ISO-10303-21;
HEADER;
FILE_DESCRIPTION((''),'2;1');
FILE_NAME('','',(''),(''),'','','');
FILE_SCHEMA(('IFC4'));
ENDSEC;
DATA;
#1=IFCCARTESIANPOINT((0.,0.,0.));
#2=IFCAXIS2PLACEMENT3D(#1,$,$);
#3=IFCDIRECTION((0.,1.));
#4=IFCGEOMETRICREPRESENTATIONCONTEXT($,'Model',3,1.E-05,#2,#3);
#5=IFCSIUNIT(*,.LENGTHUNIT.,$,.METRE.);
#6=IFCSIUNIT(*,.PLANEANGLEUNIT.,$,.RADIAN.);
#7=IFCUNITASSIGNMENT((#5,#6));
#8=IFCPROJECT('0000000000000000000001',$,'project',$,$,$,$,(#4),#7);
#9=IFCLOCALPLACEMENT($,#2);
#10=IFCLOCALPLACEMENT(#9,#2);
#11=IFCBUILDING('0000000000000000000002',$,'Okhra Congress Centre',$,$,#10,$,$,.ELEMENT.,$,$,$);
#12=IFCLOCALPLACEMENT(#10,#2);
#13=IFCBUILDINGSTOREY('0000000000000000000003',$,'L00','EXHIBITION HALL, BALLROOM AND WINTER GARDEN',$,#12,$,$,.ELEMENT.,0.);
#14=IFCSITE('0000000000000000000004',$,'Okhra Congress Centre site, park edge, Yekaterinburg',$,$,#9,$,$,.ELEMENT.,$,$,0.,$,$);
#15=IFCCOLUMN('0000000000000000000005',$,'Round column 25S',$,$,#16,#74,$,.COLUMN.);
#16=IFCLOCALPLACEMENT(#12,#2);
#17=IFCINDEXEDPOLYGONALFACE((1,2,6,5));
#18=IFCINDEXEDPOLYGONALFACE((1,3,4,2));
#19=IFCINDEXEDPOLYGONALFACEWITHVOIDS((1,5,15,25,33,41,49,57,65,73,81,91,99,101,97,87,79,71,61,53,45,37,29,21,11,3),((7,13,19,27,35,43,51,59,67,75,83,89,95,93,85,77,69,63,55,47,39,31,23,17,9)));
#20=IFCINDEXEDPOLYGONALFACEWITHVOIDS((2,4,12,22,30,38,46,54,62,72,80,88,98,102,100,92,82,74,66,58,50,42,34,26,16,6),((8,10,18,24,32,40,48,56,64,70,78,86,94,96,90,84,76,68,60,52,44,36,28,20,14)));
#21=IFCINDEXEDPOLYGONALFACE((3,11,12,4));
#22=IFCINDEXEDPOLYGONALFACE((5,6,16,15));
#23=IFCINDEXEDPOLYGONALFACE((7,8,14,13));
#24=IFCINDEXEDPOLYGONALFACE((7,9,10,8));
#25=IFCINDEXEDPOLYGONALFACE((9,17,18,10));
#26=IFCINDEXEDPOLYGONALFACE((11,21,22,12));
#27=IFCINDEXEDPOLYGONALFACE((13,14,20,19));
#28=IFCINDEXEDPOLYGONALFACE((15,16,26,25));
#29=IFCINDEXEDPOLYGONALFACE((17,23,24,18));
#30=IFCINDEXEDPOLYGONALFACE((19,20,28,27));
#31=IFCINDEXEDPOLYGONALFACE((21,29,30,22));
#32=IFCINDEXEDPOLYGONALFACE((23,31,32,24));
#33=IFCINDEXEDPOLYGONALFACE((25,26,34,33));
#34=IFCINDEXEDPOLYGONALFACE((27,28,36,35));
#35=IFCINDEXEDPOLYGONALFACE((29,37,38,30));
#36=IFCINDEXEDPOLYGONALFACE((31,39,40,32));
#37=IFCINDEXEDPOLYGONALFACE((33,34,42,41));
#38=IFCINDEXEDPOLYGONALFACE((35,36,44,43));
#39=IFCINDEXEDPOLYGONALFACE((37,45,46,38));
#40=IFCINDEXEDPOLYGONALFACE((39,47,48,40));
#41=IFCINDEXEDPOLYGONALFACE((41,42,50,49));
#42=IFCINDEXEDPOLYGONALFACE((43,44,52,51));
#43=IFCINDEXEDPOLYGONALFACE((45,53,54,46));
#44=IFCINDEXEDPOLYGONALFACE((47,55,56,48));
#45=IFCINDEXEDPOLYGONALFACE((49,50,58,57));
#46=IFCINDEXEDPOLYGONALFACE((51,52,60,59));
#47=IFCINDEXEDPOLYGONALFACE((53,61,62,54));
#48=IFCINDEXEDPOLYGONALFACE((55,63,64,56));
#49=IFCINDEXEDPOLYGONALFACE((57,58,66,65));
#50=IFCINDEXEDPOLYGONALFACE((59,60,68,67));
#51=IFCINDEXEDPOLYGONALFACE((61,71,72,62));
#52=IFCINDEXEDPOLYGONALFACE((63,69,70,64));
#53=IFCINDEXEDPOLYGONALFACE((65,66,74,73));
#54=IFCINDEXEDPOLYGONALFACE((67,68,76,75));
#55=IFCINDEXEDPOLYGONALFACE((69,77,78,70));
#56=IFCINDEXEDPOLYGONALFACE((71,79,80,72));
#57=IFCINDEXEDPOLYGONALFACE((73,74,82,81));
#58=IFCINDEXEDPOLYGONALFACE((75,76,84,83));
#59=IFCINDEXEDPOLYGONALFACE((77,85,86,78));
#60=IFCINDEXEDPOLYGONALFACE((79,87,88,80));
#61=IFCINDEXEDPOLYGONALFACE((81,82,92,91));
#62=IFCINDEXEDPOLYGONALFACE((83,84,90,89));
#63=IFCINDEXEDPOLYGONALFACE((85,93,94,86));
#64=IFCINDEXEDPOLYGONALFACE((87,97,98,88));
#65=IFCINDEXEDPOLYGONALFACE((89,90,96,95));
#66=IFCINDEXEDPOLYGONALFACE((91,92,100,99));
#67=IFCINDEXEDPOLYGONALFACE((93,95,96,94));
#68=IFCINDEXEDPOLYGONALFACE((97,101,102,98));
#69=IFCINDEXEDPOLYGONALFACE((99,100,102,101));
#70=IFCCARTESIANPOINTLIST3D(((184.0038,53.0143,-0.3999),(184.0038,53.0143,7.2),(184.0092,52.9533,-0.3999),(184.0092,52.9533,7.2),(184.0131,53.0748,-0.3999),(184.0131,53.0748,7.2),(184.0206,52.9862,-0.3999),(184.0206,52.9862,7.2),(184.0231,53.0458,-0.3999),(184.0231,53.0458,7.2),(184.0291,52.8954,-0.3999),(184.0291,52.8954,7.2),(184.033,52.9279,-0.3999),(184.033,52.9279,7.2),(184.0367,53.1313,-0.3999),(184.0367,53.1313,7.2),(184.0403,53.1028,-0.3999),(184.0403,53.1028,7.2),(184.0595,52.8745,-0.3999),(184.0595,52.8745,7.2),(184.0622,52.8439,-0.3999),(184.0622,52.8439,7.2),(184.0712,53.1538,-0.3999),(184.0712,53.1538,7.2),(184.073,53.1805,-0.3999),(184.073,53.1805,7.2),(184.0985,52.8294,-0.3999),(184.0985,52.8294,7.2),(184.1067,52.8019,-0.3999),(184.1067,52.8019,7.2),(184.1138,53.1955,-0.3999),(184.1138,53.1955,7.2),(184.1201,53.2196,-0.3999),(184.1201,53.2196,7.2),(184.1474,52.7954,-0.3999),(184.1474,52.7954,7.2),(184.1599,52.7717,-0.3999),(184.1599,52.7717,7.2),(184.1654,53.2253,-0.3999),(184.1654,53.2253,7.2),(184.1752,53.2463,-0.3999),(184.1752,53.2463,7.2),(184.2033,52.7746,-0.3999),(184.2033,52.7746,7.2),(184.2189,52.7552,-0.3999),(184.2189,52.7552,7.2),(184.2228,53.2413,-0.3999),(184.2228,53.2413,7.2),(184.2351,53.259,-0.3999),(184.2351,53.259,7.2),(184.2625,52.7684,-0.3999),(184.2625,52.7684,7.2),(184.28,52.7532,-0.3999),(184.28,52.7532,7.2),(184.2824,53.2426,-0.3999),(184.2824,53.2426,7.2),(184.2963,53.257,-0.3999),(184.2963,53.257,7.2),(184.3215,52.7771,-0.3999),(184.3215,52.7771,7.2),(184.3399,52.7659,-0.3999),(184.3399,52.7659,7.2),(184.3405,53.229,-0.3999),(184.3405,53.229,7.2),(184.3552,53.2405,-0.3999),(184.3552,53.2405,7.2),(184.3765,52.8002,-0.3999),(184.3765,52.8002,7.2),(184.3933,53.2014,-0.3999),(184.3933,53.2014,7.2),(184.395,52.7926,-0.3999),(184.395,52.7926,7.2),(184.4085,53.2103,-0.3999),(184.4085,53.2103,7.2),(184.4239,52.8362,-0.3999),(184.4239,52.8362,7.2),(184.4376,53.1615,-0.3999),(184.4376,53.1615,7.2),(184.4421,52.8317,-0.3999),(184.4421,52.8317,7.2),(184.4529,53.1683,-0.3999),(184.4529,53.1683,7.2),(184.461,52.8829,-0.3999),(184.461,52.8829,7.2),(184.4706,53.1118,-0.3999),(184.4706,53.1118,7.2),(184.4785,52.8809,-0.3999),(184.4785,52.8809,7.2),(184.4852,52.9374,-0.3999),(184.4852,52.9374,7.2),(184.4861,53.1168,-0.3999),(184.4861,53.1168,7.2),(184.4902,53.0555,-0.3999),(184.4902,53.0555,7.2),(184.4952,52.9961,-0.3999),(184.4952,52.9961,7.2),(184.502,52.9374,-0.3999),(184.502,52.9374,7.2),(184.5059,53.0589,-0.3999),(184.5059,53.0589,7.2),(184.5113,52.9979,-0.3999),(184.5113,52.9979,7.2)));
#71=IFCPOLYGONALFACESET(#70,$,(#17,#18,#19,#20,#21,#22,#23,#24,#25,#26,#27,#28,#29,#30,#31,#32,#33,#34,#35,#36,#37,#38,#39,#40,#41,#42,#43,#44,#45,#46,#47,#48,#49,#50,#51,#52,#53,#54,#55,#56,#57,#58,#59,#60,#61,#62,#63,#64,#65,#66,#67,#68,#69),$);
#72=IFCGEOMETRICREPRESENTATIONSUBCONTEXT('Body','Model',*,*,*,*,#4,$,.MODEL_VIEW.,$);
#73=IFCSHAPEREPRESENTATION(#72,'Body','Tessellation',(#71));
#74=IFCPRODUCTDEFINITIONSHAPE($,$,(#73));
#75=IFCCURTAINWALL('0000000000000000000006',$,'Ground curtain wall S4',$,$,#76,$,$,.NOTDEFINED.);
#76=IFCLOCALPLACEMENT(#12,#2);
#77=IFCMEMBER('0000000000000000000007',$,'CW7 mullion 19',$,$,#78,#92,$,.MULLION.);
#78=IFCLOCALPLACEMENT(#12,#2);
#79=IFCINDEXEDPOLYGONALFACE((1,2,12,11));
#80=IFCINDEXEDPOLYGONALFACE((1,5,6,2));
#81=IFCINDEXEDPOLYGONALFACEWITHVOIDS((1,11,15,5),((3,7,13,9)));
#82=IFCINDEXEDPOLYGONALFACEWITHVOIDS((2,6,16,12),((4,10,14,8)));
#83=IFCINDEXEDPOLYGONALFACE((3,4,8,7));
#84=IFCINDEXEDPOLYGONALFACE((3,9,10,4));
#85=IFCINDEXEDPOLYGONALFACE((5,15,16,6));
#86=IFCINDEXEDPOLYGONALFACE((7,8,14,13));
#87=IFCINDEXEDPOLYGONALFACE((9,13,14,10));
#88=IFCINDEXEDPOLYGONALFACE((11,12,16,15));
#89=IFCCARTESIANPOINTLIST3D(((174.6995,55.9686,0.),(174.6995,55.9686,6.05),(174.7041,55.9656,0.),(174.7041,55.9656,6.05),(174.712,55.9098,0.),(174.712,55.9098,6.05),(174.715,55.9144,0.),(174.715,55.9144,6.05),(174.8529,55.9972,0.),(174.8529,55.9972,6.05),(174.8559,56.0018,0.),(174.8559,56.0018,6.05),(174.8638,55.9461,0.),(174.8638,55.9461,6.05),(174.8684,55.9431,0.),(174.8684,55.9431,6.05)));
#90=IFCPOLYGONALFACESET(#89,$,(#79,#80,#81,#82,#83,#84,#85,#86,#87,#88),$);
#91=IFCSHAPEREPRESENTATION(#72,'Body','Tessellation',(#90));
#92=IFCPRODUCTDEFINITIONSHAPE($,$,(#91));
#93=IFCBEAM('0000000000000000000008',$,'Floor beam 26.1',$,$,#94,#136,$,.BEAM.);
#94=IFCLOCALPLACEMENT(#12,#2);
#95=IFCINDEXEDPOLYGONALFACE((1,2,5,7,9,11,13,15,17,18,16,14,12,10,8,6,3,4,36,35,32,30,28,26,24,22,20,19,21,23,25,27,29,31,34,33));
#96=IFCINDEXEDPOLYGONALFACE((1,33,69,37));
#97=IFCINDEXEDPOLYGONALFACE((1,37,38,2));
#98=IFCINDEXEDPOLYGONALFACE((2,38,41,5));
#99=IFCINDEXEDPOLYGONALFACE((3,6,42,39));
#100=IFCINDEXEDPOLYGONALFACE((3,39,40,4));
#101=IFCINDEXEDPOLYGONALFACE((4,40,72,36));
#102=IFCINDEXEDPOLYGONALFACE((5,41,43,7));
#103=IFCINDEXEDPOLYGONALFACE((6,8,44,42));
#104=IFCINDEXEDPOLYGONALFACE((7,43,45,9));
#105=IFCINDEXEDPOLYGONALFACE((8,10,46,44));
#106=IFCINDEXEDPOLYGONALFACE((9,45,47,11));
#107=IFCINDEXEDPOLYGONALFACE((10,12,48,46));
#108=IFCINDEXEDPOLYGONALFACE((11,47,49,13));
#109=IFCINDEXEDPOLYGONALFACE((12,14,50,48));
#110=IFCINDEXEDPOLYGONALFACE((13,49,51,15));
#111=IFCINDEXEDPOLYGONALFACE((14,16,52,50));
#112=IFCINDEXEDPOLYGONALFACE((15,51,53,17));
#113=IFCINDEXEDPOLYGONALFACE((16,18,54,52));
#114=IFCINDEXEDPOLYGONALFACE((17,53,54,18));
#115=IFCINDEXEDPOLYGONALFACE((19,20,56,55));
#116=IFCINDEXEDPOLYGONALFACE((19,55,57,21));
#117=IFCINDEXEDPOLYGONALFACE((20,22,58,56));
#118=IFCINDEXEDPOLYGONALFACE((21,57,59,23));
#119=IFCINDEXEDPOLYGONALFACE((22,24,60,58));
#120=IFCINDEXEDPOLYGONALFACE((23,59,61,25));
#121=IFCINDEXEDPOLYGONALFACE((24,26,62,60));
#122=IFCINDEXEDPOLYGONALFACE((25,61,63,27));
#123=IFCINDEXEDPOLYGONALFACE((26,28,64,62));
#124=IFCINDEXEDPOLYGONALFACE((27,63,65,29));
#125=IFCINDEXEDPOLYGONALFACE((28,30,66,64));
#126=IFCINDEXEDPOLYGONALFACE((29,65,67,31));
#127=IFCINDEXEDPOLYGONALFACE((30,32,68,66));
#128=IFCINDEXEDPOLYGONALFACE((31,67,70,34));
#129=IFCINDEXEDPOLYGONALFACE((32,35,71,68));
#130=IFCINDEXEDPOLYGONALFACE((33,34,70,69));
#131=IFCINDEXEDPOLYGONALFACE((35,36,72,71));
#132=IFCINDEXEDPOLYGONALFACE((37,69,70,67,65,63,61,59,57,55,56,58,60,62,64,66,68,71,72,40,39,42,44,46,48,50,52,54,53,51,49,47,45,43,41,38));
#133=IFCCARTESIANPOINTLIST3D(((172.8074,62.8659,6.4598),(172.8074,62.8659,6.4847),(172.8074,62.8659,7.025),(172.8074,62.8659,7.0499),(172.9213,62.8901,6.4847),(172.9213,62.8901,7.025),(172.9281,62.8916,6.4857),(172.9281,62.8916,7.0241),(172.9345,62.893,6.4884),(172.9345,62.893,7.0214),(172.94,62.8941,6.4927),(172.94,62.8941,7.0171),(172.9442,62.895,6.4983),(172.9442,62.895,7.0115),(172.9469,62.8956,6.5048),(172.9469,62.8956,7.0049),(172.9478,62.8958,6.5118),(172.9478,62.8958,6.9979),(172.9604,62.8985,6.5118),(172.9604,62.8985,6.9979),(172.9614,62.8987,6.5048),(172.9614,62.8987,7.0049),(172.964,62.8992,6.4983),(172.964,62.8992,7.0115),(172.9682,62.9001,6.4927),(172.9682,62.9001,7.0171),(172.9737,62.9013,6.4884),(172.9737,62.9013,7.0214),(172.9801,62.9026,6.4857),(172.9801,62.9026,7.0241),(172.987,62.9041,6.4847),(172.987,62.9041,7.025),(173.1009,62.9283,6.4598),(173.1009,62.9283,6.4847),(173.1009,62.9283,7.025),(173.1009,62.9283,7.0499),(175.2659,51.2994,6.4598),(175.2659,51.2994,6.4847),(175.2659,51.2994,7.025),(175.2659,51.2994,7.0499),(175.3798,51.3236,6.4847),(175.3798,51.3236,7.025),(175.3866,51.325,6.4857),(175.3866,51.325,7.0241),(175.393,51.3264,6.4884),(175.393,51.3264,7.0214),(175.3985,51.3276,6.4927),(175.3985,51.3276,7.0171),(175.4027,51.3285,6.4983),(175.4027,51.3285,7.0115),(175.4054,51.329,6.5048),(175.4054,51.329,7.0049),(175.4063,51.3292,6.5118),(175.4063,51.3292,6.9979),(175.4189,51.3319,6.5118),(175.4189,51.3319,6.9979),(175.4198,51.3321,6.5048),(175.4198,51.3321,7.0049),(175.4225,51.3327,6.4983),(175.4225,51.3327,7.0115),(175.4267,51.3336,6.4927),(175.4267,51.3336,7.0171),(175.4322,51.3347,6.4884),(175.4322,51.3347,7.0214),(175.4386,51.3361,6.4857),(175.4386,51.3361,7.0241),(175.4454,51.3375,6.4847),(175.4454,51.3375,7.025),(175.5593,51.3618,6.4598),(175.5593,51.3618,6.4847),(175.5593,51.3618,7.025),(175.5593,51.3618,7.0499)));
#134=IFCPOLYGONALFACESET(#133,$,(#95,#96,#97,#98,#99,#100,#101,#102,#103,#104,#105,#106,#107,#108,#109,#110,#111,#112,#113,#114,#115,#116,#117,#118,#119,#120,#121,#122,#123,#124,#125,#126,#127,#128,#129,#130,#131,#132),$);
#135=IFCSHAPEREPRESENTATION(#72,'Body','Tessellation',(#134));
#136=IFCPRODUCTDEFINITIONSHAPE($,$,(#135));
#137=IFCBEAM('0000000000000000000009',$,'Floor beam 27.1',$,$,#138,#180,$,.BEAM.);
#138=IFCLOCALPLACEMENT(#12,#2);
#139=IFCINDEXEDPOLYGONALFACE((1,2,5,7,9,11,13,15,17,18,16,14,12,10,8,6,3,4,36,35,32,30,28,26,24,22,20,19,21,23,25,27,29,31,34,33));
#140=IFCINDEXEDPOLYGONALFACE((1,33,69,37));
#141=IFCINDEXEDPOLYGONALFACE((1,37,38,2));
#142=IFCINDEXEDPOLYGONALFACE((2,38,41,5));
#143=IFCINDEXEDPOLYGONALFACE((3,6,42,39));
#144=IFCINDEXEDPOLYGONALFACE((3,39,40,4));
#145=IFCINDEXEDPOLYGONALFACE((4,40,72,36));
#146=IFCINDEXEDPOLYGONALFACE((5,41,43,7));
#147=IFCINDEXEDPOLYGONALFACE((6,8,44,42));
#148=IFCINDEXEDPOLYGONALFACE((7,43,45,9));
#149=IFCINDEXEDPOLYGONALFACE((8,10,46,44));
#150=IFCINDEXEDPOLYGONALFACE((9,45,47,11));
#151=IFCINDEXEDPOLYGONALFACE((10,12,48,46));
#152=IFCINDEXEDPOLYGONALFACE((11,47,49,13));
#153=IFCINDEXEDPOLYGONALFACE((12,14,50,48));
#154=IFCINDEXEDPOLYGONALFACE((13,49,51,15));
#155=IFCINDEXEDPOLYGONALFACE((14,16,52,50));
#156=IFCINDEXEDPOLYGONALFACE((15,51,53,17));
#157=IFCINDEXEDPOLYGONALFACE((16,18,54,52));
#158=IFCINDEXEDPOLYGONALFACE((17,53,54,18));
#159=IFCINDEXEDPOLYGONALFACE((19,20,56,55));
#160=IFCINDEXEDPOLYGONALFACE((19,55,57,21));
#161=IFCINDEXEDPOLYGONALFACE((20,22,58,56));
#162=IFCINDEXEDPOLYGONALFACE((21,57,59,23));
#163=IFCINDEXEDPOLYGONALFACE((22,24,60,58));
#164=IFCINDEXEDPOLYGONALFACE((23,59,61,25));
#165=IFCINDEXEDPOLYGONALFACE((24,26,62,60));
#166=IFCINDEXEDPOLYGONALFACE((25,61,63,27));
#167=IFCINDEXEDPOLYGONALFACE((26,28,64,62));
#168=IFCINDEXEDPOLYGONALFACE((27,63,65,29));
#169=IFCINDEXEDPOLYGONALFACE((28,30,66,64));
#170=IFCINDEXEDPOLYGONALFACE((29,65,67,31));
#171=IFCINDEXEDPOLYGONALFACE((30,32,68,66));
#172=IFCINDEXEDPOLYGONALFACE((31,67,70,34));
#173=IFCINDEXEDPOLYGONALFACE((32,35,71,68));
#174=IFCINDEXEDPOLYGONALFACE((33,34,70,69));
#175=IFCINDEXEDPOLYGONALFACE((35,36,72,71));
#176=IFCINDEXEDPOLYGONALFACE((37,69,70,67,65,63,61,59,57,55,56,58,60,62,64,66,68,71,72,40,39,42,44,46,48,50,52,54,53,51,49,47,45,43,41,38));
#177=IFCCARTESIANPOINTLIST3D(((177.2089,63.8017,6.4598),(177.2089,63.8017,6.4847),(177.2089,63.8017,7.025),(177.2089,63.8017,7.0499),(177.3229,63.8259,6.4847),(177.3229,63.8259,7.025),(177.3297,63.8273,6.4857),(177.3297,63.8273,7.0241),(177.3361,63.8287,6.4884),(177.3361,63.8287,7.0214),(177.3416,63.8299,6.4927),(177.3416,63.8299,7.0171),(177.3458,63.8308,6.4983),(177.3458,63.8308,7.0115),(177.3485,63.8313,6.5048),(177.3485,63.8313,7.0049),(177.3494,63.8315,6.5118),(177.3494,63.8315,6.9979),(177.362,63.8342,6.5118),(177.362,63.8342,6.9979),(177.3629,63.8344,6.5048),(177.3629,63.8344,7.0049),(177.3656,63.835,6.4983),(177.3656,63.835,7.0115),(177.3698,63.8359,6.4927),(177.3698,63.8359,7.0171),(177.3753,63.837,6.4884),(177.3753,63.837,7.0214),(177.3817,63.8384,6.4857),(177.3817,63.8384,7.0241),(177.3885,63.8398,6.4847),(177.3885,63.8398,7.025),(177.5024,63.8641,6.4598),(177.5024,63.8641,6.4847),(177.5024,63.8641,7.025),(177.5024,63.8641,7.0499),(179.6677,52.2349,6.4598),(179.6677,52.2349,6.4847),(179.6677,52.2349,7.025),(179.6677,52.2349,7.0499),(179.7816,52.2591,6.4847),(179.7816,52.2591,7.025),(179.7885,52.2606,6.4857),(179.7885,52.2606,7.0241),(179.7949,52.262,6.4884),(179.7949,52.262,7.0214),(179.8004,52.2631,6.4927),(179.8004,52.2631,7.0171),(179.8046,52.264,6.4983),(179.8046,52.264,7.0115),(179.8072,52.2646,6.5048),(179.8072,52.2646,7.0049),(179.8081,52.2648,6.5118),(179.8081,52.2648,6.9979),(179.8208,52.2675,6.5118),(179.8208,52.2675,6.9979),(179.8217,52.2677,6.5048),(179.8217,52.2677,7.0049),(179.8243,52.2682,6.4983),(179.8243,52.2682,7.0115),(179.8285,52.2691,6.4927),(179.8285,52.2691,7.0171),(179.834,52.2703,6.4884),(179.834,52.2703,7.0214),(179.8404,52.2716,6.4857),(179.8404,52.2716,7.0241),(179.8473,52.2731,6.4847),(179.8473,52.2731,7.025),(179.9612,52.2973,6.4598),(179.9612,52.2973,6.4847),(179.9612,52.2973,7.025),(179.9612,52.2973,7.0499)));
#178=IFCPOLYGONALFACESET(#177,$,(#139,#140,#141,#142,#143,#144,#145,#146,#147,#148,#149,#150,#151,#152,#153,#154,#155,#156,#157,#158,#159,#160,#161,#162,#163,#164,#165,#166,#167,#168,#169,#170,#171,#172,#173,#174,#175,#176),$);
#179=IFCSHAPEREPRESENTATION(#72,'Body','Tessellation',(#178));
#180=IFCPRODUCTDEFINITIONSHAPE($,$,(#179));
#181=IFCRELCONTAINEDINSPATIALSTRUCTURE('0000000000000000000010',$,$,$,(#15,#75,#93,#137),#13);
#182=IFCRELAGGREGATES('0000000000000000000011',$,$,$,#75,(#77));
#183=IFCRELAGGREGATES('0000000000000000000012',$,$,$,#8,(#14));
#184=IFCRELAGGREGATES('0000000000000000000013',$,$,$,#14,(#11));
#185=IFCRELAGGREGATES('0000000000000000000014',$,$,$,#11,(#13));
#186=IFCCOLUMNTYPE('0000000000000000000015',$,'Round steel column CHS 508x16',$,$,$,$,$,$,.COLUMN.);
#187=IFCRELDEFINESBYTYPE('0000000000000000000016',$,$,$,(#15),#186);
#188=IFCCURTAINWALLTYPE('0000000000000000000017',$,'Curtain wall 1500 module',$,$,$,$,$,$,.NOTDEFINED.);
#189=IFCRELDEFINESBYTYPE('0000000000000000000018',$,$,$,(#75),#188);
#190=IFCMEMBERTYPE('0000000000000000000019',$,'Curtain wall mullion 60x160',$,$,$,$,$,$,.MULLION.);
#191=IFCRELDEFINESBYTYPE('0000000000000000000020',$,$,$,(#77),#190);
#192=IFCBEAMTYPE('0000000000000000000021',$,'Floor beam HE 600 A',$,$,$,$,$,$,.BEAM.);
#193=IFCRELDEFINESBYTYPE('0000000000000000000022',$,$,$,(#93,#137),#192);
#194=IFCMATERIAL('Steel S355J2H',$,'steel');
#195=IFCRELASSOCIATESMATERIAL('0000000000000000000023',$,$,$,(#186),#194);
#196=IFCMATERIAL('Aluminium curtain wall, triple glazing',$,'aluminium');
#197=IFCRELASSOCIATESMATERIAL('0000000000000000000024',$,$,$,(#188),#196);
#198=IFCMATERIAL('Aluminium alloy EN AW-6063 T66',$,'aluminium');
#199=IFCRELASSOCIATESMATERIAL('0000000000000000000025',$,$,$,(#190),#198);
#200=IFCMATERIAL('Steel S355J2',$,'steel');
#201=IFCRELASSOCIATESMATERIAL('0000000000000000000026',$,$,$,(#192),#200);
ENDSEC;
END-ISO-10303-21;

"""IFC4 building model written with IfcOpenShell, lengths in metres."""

from ifc_helpers import new_model, si_unit, direction, frame, origin, origin_2d, place, context, subcontext, project, spatial, hollow_rectangle, hollow_circle, i_section, extrude, material, material_profile, profile_set, type_object, element, aggregate, save


model = new_model("IFC4")

# Units and contexts
model_context = context("Model", 3, precision=1e-05, world=origin(), true_north=direction((0.0, 1.0)))
body_context = subcontext(model_context, "Body", "Model", "MODEL_VIEW")
ifc_project = project(units=[si_unit("LENGTHUNIT", "METRE"), si_unit("PLANEANGLEUNIT", "RADIAN")], contexts=[model_context])

# Site, building, storey
site_placement = place(None, origin())
site = spatial("IfcSite", under=ifc_project, at=site_placement, Name="Okhra Congress Centre site, park edge, Yekaterinburg", CompositionType="ELEMENT", RefElevation=0.0)
building_placement = place(site_placement, origin())
building = spatial("IfcBuilding", under=site, at=building_placement, Name="Okhra Congress Centre", CompositionType="ELEMENT")
storey_placement = place(building_placement, origin())
storey = spatial("IfcBuildingStorey", under=building, at=storey_placement, Name="L00", Description="EXHIBITION HALL, BALLROOM AND WINTER GARDEN", CompositionType="ELEMENT", Elevation=0.0)

# Column
ifc_material_1 = material(Name="Steel S355J2H", Category="steel")
ifc_material_profile_1 = material_profile(ifc_material_1, hollow_circle(Radius=0.2539, WallThickness=0.0161, at=origin_2d()), Name="CHS 508x16")
ifc_profile_set_1 = profile_set([ifc_material_profile_1], Name="Steel S355J2H")
column_type = type_object("IfcColumnType", Name="Round steel column CHS 508x16", PredefinedType="COLUMN", material=ifc_profile_set_1)
for number, where, z_axis, x_axis, name in (
    (1, (184.2576, 53.0061, -0.3999), (0.0, 0.0, 1.0), (0.978148, 0.207912, 0.0), "Round column 25S"),
):
    element("IfcColumn", number, at=place(storey_placement, frame(where, z_axis=z_axis, x_axis=x_axis)), inside=storey, type_object=column_type, Name=name, PredefinedType="COLUMN", context=body_context, shape_type="SweptSolid", body=[
        extrude(hollow_circle(Radius=0.2539, WallThickness=0.0161, at=origin_2d()), origin(), (0.0, 0.0, 1.0), 7.5999),
    ])

# Curtain wall, member
ifc_material_2 = material(Name="Aluminium curtain wall, triple glazing", Category="aluminium")
curtain_wall_type = type_object("IfcCurtainWallType", Name="Curtain wall 1500 module", PredefinedType="NOTDEFINED", material=ifc_material_2)
curtain_wall_placement = place(storey_placement, origin())
curtain_wall = element("IfcCurtainWall", 2, at=curtain_wall_placement, inside=storey, type_object=curtain_wall_type, Name="Ground curtain wall S4", PredefinedType="NOTDEFINED")
ifc_material_3 = material(Name="Aluminium alloy EN AW-6063 T66", Category="aluminium")
ifc_material_profile_2 = material_profile(ifc_material_3, hollow_rectangle(XDim=0.0601, YDim=0.1599, WallThickness=0.0039, at=origin_2d()), Name="RHS 60x160x4")
ifc_profile_set_2 = profile_set([ifc_material_profile_2], Name="Aluminium alloy EN AW-6063 T66")
member_type = type_object("IfcMemberType", Name="Curtain wall mullion 60x160", PredefinedType="MULLION", material=ifc_profile_set_2)
member_placement = place(storey_placement, frame((174.7839, 55.9558, 0.0), z_axis=(0.0, 0.0, 1.0), x_axis=(-0.207912, 0.978148, 0.0)))
member = element("IfcMember", 3, at=member_placement, type_object=member_type, Name="CW7 mullion 19", PredefinedType="MULLION", context=body_context, shape_type="SweptSolid", body=[
    extrude(hollow_rectangle(XDim=0.0601, YDim=0.1599, WallThickness=0.0039, at=origin_2d()), origin(), (0.0, 0.0, 1.0), 6.05),
])
aggregate(curtain_wall, [member])

# Beams
ifc_material_4 = material(Name="Steel S355J2", Category="steel")
ifc_material_profile_3 = material_profile(ifc_material_4, i_section(OverallWidth=0.3, OverallDepth=0.5901, WebThickness=0.0129, FlangeThickness=0.0249, FilletRadius=0.0271, at=origin_2d()), Name="HE 600 A")
ifc_profile_set_3 = profile_set([ifc_material_profile_3], Name="Steel S355J2")
beam_type_1 = type_object("IfcBeamType", Name="Floor beam HE 600 A", PredefinedType="BEAM", material=ifc_profile_set_3)
beam_1_placement = place(storey_placement, frame((175.4126, 51.3306, 6.7549), z_axis=(-0.207906, 0.978149, 0.0), x_axis=(-0.978149, -0.207906, 0.0)))
element("IfcBeam", 4, at=beam_1_placement, inside=storey, type_object=beam_type_1, Name="Floor beam 26.1", PredefinedType="BEAM", context=body_context, shape_type="SweptSolid", body=[
    extrude(i_section(OverallWidth=0.3, OverallDepth=0.5901, WebThickness=0.0129, FlangeThickness=0.0249, FilletRadius=0.0271, at=origin_2d()), origin(), (0.0, 0.0, 1.0), 11.825),
])
beam_2_placement = place(storey_placement, frame((179.8145, 52.2661, 6.7549), z_axis=(-0.207926, 0.978145, 0.0), x_axis=(-0.978145, -0.207926, 0.0)))
element("IfcBeam", 5, at=beam_2_placement, inside=storey, type_object=beam_type_1, Name="Floor beam 27.1", PredefinedType="BEAM", context=body_context, shape_type="SweptSolid", body=[
    extrude(i_section(OverallWidth=0.3, OverallDepth=0.5901, WebThickness=0.0129, FlangeThickness=0.0249, FilletRadius=0.0271, at=origin_2d()), origin(), (0.0, 0.0, 1.0), 11.8252),
])

save(model, "model.ifc")
